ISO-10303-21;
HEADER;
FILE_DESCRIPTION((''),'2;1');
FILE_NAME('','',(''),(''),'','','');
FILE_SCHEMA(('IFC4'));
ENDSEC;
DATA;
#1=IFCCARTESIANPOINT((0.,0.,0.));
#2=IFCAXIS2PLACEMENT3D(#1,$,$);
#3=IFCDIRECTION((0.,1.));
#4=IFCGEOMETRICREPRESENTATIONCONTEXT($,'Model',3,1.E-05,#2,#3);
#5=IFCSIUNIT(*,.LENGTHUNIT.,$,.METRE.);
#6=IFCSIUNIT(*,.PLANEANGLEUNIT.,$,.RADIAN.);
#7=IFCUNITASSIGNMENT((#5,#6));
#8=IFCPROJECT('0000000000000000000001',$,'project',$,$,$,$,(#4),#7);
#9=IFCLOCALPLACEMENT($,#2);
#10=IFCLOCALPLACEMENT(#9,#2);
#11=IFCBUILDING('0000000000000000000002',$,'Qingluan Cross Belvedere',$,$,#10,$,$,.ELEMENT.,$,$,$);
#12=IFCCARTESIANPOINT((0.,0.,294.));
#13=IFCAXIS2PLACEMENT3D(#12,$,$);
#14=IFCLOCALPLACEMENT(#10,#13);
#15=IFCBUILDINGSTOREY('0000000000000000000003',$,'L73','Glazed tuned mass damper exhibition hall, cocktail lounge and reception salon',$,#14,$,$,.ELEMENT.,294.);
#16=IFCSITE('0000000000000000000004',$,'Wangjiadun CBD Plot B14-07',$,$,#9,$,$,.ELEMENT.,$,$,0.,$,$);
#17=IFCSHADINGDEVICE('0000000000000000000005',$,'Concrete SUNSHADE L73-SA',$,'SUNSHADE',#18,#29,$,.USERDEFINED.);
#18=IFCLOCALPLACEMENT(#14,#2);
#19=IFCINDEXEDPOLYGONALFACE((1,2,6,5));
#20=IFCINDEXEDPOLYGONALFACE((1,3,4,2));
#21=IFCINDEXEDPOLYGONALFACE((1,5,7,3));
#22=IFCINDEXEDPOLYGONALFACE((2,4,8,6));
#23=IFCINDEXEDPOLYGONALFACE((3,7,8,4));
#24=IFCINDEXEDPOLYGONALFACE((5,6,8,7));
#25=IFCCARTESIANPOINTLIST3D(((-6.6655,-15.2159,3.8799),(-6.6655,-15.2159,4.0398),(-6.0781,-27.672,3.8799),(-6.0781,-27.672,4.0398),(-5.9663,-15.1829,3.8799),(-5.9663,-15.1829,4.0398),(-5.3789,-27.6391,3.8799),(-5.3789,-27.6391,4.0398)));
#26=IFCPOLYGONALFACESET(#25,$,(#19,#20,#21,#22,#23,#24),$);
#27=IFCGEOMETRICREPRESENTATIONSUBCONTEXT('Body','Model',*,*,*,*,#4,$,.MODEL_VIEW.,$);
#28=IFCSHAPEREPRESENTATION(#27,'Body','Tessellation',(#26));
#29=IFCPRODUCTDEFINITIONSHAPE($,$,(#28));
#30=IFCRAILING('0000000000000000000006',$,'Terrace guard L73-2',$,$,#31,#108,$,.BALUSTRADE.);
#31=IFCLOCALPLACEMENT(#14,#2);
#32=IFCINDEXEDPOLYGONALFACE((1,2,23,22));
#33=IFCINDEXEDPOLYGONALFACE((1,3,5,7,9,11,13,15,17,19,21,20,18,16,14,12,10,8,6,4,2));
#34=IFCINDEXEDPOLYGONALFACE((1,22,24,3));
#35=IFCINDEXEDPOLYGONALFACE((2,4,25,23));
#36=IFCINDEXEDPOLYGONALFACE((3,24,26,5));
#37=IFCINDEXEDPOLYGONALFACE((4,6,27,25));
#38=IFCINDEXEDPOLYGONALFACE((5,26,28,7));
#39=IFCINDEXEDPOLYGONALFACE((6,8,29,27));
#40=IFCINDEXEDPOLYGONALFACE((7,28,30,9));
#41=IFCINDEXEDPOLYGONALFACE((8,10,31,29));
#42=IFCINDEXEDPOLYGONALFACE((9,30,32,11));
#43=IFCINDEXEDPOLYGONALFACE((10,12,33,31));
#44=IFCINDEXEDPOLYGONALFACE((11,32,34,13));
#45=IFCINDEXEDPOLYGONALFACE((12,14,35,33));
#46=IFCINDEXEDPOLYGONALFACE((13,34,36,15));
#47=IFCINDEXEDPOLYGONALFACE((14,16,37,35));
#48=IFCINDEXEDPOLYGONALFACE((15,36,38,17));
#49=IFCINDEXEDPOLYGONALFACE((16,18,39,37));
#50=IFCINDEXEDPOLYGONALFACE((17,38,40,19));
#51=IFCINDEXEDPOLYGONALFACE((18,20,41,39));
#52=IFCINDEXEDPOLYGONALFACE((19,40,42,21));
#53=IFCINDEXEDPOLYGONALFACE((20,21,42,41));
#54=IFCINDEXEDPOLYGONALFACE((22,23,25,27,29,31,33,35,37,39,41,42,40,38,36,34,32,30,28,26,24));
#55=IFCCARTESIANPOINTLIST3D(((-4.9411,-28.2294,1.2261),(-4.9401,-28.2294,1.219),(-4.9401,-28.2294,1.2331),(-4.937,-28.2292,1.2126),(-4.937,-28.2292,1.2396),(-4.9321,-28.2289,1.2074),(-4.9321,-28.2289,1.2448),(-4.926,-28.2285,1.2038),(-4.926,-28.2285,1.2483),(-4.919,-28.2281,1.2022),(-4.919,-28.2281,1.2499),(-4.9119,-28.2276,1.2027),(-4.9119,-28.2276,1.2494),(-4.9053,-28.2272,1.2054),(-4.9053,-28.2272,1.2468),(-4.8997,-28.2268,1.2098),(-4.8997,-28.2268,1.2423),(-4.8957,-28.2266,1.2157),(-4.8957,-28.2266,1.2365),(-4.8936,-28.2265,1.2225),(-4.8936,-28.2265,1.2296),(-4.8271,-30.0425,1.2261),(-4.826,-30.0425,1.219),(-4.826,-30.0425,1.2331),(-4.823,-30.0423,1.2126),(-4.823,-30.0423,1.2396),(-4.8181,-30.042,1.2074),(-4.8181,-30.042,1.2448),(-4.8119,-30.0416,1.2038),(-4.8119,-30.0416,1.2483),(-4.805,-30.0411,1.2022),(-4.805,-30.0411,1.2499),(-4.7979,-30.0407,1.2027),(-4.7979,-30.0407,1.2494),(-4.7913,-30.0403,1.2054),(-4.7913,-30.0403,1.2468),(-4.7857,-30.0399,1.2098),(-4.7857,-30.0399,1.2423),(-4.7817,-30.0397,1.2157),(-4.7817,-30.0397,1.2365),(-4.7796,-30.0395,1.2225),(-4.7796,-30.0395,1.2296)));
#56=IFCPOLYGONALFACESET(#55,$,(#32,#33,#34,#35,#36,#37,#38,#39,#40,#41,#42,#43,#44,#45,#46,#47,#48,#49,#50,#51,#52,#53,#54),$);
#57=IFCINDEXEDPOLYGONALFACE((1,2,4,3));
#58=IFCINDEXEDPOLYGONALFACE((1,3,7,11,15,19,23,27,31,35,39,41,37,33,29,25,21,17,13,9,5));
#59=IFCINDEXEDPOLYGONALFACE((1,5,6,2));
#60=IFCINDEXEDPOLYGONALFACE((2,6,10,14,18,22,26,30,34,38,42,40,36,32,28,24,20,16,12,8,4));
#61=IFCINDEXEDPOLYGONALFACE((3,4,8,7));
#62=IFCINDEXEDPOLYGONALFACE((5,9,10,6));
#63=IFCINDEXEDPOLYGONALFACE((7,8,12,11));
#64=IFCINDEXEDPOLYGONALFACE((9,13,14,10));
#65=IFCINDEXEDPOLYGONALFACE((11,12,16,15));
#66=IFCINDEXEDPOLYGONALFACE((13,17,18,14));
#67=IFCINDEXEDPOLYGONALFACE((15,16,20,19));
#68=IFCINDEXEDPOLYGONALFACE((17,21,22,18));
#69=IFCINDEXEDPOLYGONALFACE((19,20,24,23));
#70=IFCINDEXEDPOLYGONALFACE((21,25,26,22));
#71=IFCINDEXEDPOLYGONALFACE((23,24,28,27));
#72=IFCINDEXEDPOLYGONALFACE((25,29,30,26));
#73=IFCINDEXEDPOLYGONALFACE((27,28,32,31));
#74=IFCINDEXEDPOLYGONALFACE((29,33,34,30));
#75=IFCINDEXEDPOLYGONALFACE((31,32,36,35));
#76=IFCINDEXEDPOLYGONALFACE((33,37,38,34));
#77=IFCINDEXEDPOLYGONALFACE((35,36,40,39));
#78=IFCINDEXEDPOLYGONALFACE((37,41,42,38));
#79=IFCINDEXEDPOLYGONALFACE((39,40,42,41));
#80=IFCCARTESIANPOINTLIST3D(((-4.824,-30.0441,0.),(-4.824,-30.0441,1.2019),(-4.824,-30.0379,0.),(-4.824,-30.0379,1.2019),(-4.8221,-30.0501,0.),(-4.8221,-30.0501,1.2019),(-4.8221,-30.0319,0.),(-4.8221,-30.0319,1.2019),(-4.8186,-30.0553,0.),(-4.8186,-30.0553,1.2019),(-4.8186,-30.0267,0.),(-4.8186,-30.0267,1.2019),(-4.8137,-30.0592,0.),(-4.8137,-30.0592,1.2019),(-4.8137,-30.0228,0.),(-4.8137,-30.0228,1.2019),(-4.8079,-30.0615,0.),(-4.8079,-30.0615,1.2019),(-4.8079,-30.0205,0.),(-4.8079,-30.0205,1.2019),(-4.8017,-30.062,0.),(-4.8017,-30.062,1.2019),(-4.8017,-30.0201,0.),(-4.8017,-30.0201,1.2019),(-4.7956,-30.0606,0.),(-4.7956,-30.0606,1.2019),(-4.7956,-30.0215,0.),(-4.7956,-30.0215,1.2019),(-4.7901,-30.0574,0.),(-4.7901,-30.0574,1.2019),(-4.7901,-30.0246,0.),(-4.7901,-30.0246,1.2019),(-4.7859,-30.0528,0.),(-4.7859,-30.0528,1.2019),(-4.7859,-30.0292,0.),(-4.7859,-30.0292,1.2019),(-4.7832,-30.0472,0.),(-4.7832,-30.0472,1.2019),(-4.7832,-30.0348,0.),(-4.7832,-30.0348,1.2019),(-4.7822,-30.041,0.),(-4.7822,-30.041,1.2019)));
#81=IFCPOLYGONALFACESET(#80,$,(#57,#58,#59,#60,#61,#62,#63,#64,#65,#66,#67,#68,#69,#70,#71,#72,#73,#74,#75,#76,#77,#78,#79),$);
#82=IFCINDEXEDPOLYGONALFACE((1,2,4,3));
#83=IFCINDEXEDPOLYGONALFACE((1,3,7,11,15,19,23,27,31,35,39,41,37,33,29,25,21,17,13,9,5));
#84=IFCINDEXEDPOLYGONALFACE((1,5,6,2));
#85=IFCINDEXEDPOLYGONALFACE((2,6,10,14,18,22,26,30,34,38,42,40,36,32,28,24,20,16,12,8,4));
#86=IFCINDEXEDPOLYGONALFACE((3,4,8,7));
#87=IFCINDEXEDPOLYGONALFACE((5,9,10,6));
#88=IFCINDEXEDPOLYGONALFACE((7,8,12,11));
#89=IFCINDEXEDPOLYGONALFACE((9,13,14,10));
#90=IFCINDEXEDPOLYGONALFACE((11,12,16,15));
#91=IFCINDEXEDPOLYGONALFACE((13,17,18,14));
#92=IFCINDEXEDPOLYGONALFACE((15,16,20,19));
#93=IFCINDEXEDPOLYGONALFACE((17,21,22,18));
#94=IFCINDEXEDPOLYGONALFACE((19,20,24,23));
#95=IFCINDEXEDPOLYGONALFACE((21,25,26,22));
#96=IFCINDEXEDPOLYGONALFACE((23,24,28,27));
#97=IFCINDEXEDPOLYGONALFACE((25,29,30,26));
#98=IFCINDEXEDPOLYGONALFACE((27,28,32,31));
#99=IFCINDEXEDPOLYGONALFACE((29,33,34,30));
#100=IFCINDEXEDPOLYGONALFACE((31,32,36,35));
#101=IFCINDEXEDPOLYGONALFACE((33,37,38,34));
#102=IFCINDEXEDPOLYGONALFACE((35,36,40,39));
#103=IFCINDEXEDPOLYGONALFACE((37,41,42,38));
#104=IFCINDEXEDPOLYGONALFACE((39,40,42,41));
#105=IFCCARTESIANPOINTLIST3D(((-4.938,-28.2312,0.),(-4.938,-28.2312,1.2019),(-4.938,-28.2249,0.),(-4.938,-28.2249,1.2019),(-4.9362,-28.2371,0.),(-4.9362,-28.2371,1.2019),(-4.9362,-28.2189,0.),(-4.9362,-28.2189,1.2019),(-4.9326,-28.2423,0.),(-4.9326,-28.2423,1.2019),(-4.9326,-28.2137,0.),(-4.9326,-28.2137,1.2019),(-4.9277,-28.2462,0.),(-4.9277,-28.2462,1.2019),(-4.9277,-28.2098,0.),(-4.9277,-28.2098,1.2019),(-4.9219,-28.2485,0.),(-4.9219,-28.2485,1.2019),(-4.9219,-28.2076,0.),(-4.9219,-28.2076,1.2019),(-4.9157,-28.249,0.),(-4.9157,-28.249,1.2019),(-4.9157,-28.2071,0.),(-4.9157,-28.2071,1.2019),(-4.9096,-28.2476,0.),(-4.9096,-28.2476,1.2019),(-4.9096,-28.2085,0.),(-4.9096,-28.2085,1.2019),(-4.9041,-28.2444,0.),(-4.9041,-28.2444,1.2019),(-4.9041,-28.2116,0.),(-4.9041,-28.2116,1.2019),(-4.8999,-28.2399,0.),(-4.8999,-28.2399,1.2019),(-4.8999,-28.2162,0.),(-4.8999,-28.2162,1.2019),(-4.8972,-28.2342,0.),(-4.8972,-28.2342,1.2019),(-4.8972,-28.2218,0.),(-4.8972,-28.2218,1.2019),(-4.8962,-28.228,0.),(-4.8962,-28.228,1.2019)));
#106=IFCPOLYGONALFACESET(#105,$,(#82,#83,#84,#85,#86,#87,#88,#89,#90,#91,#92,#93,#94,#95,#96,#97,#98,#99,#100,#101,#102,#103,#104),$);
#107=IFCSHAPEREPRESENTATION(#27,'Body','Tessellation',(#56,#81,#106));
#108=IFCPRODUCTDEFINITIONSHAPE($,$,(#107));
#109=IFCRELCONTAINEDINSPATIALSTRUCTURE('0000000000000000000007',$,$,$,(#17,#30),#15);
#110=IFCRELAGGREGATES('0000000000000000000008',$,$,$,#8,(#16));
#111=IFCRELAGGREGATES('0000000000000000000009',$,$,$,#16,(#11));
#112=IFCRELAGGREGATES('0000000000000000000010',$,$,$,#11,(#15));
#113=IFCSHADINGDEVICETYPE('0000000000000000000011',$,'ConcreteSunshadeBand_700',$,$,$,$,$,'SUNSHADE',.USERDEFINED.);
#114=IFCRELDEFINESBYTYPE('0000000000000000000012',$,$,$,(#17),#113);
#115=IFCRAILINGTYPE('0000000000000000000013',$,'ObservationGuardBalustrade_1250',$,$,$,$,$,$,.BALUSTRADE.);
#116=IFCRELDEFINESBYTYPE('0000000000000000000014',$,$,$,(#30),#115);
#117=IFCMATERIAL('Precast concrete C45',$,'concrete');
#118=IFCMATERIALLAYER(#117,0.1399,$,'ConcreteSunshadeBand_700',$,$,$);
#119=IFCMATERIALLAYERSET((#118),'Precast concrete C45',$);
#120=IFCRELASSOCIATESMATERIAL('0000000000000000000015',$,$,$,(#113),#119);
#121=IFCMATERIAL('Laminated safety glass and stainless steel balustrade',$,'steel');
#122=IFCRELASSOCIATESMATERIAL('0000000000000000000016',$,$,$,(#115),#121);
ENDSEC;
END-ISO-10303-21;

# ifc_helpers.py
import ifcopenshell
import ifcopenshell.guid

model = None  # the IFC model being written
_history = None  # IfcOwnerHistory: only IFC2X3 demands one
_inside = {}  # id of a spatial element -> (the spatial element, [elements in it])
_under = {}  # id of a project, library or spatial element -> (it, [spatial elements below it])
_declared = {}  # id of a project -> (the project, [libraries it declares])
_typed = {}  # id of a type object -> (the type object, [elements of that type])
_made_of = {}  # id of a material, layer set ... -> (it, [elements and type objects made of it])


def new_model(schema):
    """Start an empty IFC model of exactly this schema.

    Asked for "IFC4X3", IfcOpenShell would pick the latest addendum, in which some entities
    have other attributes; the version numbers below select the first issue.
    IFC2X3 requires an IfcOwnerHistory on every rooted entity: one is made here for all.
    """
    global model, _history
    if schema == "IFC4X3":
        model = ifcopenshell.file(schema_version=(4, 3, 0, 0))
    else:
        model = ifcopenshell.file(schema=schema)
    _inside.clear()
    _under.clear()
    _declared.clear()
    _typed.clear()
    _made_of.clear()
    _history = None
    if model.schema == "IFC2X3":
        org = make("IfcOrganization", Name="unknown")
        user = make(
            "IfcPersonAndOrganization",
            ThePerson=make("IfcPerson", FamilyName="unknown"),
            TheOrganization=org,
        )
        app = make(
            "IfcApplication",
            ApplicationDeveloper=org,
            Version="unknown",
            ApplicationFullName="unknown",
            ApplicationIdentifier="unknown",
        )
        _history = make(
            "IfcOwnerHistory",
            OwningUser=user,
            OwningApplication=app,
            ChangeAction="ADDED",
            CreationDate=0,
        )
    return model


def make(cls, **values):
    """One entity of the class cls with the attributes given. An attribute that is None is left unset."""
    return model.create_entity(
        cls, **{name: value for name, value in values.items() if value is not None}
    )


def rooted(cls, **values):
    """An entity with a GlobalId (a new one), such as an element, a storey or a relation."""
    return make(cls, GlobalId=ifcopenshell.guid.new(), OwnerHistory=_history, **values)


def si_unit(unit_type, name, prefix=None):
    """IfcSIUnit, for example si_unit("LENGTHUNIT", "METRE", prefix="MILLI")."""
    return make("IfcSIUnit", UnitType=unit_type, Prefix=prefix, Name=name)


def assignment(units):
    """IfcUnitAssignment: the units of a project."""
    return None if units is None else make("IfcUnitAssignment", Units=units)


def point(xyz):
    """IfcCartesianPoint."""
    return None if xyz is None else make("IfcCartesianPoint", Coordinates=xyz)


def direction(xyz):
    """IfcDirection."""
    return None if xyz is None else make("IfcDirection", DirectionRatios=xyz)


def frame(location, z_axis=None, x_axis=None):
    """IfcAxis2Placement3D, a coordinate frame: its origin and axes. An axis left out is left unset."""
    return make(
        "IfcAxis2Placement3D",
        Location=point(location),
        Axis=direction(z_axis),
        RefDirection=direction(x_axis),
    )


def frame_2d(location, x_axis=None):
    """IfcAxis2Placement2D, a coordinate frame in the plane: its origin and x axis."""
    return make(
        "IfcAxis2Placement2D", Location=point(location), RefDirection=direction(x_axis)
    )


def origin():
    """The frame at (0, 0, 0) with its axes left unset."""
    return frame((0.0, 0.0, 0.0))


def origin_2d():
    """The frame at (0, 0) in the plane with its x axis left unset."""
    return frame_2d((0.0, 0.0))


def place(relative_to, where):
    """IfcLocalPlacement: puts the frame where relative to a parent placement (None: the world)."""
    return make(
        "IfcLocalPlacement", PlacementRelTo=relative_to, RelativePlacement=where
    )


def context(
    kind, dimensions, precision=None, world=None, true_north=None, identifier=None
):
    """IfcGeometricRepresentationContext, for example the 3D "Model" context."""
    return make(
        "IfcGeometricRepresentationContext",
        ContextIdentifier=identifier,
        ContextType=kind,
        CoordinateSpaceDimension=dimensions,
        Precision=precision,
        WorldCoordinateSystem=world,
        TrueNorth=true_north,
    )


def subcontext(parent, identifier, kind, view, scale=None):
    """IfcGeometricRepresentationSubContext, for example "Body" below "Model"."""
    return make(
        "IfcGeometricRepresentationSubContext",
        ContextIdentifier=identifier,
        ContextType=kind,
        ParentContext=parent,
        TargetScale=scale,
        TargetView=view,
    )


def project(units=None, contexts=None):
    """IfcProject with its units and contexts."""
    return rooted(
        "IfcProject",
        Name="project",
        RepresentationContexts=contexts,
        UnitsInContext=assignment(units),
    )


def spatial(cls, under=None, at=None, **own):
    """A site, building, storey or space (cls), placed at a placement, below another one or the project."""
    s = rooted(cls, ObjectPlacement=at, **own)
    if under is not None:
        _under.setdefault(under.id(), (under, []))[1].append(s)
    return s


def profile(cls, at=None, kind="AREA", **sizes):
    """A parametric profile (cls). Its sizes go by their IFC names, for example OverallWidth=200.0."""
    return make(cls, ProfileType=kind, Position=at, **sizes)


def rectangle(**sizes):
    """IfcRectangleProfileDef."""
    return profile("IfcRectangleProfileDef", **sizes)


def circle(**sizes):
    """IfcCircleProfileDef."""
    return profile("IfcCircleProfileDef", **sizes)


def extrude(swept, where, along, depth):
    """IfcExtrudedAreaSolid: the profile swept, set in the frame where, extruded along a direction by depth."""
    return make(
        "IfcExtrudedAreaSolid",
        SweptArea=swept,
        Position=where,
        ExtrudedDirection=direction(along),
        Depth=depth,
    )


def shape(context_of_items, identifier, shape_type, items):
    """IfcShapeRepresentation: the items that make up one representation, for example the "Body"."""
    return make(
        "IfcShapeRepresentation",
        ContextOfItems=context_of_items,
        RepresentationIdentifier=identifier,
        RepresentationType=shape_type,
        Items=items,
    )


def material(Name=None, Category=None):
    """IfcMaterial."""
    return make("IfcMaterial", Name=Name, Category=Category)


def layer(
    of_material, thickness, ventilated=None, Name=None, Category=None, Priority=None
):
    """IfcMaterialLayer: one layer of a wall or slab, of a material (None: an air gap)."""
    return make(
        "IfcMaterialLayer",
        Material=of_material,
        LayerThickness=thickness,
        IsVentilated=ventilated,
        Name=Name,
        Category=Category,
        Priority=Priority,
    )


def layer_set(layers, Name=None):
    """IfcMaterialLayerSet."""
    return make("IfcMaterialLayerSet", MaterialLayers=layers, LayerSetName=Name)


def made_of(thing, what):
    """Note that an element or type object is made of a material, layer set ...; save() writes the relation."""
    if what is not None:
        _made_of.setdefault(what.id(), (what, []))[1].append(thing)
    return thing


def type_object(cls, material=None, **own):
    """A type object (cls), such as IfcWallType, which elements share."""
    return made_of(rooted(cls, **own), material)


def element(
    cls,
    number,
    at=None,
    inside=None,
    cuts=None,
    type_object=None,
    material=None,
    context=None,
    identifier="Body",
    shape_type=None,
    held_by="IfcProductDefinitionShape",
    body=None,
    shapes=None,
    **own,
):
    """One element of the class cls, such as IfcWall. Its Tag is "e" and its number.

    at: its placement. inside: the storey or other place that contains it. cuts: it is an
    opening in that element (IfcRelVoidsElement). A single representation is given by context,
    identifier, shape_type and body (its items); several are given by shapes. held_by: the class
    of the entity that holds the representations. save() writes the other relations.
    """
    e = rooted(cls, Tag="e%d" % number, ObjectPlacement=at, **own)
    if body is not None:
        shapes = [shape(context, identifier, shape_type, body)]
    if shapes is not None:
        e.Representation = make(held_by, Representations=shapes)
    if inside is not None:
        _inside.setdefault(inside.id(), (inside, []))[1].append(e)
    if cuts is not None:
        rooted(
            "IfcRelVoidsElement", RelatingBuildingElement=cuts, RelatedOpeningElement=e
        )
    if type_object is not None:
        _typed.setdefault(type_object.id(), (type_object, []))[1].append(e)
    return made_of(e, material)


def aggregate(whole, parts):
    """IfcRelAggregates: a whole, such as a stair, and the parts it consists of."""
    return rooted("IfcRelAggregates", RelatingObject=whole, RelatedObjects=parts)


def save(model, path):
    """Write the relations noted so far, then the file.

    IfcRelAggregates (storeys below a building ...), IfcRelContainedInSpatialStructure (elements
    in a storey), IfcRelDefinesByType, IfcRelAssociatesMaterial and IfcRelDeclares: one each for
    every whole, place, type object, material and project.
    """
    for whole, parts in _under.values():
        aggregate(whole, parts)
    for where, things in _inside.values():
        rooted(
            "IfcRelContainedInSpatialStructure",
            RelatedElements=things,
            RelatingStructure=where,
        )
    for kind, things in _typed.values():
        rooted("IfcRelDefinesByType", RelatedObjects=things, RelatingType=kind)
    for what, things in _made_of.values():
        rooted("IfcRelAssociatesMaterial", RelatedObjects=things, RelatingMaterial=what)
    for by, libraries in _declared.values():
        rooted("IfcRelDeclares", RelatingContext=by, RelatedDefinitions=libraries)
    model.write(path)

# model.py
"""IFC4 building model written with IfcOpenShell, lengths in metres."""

from ifc_helpers import new_model, si_unit, direction, frame, origin, origin_2d, place, context, subcontext, project, spatial, rectangle, circle, extrude, material, layer, layer_set, type_object, element, save


model = new_model("IFC4")

# Units and contexts
model_context = context("Model", 3, precision=1e-05, world=origin(), true_north=direction((0.0, 1.0)))
body_context = subcontext(model_context, "Body", "Model", "MODEL_VIEW")
ifc_project = project(units=[si_unit("LENGTHUNIT", "METRE"), si_unit("PLANEANGLEUNIT", "RADIAN")], contexts=[model_context])

# Site, building, storey
site_placement = place(None, origin())
site = spatial("IfcSite", under=ifc_project, at=site_placement, Name="Wangjiadun CBD Plot B14-07", CompositionType="ELEMENT", RefElevation=0.0)
building_placement = place(site_placement, origin())
building = spatial("IfcBuilding", under=site, at=building_placement, Name="Qingluan Cross Belvedere", CompositionType="ELEMENT")
storey_placement = place(building_placement, frame((0.0, 0.0, 294.0)))
storey = spatial("IfcBuildingStorey", under=building, at=storey_placement, Name="L73", Description="Glazed tuned mass damper exhibition hall, cocktail lounge and reception salon", CompositionType="ELEMENT", Elevation=294.0)

# Shading device
ifc_material_1 = material(Name="Precast concrete C45", Category="concrete")
ifc_layer_1 = layer(ifc_material_1, 0.1399, Name="ConcreteSunshadeBand_700")
ifc_layer_set_1 = layer_set([ifc_layer_1], Name="Precast concrete C45")
shading_device_type = type_object("IfcShadingDeviceType", Name="ConcreteSunshadeBand_700", ElementType="SUNSHADE", PredefinedType="USERDEFINED", material=ifc_layer_set_1)
shading_device_placement = place(storey_placement, frame((-6.0222, -21.4275, 3.8799), z_axis=(0.0, 0.0, 1.0), x_axis=(0.047104, -0.99889, 0.0)))
element("IfcShadingDevice", 1, at=shading_device_placement, inside=storey, type_object=shading_device_type, Name="Concrete SUNSHADE L73-SA", ObjectType="SUNSHADE", PredefinedType="USERDEFINED", context=body_context, shape_type="SweptSolid", body=[
    extrude(rectangle(XDim=12.47, YDim=0.7, at=origin_2d()), origin(), (0.0, 0.0, 1.0), 0.1599),
])

# Railing
ifc_material_2 = material(Name="Laminated safety glass and stainless steel balustrade", Category="steel")
railing_type = type_object("IfcRailingType", Name="ObservationGuardBalustrade_1250", PredefinedType="BALUSTRADE", material=ifc_material_2)
railing_placement = place(storey_placement, frame((-4.8032, -30.041, 0.0)))
element("IfcRailing", 2, at=railing_placement, inside=storey, type_object=railing_type, Name="Terrace guard L73-2", PredefinedType="BALUSTRADE", context=body_context, shape_type="SweptSolid", body=[
    extrude(circle(Radius=0.0239, at=origin_2d()), frame((0.0, 0.0, 1.2261), z_axis=(-0.062763, 0.998028, 0.0), x_axis=(-0.998028, -0.062763, 0.0)), (0.0, 0.0, 1.0), 1.8167),
    extrude(circle(Radius=0.021, at=origin_2d()), origin(), (0.0, 0.0, 1.0), 1.2019),
    extrude(circle(Radius=0.021, at=origin_2d()), frame((-0.114, 1.813, 0.0)), (0.0, 0.0, 1.0), 1.2019),
])

save(model, "model.ifc")
